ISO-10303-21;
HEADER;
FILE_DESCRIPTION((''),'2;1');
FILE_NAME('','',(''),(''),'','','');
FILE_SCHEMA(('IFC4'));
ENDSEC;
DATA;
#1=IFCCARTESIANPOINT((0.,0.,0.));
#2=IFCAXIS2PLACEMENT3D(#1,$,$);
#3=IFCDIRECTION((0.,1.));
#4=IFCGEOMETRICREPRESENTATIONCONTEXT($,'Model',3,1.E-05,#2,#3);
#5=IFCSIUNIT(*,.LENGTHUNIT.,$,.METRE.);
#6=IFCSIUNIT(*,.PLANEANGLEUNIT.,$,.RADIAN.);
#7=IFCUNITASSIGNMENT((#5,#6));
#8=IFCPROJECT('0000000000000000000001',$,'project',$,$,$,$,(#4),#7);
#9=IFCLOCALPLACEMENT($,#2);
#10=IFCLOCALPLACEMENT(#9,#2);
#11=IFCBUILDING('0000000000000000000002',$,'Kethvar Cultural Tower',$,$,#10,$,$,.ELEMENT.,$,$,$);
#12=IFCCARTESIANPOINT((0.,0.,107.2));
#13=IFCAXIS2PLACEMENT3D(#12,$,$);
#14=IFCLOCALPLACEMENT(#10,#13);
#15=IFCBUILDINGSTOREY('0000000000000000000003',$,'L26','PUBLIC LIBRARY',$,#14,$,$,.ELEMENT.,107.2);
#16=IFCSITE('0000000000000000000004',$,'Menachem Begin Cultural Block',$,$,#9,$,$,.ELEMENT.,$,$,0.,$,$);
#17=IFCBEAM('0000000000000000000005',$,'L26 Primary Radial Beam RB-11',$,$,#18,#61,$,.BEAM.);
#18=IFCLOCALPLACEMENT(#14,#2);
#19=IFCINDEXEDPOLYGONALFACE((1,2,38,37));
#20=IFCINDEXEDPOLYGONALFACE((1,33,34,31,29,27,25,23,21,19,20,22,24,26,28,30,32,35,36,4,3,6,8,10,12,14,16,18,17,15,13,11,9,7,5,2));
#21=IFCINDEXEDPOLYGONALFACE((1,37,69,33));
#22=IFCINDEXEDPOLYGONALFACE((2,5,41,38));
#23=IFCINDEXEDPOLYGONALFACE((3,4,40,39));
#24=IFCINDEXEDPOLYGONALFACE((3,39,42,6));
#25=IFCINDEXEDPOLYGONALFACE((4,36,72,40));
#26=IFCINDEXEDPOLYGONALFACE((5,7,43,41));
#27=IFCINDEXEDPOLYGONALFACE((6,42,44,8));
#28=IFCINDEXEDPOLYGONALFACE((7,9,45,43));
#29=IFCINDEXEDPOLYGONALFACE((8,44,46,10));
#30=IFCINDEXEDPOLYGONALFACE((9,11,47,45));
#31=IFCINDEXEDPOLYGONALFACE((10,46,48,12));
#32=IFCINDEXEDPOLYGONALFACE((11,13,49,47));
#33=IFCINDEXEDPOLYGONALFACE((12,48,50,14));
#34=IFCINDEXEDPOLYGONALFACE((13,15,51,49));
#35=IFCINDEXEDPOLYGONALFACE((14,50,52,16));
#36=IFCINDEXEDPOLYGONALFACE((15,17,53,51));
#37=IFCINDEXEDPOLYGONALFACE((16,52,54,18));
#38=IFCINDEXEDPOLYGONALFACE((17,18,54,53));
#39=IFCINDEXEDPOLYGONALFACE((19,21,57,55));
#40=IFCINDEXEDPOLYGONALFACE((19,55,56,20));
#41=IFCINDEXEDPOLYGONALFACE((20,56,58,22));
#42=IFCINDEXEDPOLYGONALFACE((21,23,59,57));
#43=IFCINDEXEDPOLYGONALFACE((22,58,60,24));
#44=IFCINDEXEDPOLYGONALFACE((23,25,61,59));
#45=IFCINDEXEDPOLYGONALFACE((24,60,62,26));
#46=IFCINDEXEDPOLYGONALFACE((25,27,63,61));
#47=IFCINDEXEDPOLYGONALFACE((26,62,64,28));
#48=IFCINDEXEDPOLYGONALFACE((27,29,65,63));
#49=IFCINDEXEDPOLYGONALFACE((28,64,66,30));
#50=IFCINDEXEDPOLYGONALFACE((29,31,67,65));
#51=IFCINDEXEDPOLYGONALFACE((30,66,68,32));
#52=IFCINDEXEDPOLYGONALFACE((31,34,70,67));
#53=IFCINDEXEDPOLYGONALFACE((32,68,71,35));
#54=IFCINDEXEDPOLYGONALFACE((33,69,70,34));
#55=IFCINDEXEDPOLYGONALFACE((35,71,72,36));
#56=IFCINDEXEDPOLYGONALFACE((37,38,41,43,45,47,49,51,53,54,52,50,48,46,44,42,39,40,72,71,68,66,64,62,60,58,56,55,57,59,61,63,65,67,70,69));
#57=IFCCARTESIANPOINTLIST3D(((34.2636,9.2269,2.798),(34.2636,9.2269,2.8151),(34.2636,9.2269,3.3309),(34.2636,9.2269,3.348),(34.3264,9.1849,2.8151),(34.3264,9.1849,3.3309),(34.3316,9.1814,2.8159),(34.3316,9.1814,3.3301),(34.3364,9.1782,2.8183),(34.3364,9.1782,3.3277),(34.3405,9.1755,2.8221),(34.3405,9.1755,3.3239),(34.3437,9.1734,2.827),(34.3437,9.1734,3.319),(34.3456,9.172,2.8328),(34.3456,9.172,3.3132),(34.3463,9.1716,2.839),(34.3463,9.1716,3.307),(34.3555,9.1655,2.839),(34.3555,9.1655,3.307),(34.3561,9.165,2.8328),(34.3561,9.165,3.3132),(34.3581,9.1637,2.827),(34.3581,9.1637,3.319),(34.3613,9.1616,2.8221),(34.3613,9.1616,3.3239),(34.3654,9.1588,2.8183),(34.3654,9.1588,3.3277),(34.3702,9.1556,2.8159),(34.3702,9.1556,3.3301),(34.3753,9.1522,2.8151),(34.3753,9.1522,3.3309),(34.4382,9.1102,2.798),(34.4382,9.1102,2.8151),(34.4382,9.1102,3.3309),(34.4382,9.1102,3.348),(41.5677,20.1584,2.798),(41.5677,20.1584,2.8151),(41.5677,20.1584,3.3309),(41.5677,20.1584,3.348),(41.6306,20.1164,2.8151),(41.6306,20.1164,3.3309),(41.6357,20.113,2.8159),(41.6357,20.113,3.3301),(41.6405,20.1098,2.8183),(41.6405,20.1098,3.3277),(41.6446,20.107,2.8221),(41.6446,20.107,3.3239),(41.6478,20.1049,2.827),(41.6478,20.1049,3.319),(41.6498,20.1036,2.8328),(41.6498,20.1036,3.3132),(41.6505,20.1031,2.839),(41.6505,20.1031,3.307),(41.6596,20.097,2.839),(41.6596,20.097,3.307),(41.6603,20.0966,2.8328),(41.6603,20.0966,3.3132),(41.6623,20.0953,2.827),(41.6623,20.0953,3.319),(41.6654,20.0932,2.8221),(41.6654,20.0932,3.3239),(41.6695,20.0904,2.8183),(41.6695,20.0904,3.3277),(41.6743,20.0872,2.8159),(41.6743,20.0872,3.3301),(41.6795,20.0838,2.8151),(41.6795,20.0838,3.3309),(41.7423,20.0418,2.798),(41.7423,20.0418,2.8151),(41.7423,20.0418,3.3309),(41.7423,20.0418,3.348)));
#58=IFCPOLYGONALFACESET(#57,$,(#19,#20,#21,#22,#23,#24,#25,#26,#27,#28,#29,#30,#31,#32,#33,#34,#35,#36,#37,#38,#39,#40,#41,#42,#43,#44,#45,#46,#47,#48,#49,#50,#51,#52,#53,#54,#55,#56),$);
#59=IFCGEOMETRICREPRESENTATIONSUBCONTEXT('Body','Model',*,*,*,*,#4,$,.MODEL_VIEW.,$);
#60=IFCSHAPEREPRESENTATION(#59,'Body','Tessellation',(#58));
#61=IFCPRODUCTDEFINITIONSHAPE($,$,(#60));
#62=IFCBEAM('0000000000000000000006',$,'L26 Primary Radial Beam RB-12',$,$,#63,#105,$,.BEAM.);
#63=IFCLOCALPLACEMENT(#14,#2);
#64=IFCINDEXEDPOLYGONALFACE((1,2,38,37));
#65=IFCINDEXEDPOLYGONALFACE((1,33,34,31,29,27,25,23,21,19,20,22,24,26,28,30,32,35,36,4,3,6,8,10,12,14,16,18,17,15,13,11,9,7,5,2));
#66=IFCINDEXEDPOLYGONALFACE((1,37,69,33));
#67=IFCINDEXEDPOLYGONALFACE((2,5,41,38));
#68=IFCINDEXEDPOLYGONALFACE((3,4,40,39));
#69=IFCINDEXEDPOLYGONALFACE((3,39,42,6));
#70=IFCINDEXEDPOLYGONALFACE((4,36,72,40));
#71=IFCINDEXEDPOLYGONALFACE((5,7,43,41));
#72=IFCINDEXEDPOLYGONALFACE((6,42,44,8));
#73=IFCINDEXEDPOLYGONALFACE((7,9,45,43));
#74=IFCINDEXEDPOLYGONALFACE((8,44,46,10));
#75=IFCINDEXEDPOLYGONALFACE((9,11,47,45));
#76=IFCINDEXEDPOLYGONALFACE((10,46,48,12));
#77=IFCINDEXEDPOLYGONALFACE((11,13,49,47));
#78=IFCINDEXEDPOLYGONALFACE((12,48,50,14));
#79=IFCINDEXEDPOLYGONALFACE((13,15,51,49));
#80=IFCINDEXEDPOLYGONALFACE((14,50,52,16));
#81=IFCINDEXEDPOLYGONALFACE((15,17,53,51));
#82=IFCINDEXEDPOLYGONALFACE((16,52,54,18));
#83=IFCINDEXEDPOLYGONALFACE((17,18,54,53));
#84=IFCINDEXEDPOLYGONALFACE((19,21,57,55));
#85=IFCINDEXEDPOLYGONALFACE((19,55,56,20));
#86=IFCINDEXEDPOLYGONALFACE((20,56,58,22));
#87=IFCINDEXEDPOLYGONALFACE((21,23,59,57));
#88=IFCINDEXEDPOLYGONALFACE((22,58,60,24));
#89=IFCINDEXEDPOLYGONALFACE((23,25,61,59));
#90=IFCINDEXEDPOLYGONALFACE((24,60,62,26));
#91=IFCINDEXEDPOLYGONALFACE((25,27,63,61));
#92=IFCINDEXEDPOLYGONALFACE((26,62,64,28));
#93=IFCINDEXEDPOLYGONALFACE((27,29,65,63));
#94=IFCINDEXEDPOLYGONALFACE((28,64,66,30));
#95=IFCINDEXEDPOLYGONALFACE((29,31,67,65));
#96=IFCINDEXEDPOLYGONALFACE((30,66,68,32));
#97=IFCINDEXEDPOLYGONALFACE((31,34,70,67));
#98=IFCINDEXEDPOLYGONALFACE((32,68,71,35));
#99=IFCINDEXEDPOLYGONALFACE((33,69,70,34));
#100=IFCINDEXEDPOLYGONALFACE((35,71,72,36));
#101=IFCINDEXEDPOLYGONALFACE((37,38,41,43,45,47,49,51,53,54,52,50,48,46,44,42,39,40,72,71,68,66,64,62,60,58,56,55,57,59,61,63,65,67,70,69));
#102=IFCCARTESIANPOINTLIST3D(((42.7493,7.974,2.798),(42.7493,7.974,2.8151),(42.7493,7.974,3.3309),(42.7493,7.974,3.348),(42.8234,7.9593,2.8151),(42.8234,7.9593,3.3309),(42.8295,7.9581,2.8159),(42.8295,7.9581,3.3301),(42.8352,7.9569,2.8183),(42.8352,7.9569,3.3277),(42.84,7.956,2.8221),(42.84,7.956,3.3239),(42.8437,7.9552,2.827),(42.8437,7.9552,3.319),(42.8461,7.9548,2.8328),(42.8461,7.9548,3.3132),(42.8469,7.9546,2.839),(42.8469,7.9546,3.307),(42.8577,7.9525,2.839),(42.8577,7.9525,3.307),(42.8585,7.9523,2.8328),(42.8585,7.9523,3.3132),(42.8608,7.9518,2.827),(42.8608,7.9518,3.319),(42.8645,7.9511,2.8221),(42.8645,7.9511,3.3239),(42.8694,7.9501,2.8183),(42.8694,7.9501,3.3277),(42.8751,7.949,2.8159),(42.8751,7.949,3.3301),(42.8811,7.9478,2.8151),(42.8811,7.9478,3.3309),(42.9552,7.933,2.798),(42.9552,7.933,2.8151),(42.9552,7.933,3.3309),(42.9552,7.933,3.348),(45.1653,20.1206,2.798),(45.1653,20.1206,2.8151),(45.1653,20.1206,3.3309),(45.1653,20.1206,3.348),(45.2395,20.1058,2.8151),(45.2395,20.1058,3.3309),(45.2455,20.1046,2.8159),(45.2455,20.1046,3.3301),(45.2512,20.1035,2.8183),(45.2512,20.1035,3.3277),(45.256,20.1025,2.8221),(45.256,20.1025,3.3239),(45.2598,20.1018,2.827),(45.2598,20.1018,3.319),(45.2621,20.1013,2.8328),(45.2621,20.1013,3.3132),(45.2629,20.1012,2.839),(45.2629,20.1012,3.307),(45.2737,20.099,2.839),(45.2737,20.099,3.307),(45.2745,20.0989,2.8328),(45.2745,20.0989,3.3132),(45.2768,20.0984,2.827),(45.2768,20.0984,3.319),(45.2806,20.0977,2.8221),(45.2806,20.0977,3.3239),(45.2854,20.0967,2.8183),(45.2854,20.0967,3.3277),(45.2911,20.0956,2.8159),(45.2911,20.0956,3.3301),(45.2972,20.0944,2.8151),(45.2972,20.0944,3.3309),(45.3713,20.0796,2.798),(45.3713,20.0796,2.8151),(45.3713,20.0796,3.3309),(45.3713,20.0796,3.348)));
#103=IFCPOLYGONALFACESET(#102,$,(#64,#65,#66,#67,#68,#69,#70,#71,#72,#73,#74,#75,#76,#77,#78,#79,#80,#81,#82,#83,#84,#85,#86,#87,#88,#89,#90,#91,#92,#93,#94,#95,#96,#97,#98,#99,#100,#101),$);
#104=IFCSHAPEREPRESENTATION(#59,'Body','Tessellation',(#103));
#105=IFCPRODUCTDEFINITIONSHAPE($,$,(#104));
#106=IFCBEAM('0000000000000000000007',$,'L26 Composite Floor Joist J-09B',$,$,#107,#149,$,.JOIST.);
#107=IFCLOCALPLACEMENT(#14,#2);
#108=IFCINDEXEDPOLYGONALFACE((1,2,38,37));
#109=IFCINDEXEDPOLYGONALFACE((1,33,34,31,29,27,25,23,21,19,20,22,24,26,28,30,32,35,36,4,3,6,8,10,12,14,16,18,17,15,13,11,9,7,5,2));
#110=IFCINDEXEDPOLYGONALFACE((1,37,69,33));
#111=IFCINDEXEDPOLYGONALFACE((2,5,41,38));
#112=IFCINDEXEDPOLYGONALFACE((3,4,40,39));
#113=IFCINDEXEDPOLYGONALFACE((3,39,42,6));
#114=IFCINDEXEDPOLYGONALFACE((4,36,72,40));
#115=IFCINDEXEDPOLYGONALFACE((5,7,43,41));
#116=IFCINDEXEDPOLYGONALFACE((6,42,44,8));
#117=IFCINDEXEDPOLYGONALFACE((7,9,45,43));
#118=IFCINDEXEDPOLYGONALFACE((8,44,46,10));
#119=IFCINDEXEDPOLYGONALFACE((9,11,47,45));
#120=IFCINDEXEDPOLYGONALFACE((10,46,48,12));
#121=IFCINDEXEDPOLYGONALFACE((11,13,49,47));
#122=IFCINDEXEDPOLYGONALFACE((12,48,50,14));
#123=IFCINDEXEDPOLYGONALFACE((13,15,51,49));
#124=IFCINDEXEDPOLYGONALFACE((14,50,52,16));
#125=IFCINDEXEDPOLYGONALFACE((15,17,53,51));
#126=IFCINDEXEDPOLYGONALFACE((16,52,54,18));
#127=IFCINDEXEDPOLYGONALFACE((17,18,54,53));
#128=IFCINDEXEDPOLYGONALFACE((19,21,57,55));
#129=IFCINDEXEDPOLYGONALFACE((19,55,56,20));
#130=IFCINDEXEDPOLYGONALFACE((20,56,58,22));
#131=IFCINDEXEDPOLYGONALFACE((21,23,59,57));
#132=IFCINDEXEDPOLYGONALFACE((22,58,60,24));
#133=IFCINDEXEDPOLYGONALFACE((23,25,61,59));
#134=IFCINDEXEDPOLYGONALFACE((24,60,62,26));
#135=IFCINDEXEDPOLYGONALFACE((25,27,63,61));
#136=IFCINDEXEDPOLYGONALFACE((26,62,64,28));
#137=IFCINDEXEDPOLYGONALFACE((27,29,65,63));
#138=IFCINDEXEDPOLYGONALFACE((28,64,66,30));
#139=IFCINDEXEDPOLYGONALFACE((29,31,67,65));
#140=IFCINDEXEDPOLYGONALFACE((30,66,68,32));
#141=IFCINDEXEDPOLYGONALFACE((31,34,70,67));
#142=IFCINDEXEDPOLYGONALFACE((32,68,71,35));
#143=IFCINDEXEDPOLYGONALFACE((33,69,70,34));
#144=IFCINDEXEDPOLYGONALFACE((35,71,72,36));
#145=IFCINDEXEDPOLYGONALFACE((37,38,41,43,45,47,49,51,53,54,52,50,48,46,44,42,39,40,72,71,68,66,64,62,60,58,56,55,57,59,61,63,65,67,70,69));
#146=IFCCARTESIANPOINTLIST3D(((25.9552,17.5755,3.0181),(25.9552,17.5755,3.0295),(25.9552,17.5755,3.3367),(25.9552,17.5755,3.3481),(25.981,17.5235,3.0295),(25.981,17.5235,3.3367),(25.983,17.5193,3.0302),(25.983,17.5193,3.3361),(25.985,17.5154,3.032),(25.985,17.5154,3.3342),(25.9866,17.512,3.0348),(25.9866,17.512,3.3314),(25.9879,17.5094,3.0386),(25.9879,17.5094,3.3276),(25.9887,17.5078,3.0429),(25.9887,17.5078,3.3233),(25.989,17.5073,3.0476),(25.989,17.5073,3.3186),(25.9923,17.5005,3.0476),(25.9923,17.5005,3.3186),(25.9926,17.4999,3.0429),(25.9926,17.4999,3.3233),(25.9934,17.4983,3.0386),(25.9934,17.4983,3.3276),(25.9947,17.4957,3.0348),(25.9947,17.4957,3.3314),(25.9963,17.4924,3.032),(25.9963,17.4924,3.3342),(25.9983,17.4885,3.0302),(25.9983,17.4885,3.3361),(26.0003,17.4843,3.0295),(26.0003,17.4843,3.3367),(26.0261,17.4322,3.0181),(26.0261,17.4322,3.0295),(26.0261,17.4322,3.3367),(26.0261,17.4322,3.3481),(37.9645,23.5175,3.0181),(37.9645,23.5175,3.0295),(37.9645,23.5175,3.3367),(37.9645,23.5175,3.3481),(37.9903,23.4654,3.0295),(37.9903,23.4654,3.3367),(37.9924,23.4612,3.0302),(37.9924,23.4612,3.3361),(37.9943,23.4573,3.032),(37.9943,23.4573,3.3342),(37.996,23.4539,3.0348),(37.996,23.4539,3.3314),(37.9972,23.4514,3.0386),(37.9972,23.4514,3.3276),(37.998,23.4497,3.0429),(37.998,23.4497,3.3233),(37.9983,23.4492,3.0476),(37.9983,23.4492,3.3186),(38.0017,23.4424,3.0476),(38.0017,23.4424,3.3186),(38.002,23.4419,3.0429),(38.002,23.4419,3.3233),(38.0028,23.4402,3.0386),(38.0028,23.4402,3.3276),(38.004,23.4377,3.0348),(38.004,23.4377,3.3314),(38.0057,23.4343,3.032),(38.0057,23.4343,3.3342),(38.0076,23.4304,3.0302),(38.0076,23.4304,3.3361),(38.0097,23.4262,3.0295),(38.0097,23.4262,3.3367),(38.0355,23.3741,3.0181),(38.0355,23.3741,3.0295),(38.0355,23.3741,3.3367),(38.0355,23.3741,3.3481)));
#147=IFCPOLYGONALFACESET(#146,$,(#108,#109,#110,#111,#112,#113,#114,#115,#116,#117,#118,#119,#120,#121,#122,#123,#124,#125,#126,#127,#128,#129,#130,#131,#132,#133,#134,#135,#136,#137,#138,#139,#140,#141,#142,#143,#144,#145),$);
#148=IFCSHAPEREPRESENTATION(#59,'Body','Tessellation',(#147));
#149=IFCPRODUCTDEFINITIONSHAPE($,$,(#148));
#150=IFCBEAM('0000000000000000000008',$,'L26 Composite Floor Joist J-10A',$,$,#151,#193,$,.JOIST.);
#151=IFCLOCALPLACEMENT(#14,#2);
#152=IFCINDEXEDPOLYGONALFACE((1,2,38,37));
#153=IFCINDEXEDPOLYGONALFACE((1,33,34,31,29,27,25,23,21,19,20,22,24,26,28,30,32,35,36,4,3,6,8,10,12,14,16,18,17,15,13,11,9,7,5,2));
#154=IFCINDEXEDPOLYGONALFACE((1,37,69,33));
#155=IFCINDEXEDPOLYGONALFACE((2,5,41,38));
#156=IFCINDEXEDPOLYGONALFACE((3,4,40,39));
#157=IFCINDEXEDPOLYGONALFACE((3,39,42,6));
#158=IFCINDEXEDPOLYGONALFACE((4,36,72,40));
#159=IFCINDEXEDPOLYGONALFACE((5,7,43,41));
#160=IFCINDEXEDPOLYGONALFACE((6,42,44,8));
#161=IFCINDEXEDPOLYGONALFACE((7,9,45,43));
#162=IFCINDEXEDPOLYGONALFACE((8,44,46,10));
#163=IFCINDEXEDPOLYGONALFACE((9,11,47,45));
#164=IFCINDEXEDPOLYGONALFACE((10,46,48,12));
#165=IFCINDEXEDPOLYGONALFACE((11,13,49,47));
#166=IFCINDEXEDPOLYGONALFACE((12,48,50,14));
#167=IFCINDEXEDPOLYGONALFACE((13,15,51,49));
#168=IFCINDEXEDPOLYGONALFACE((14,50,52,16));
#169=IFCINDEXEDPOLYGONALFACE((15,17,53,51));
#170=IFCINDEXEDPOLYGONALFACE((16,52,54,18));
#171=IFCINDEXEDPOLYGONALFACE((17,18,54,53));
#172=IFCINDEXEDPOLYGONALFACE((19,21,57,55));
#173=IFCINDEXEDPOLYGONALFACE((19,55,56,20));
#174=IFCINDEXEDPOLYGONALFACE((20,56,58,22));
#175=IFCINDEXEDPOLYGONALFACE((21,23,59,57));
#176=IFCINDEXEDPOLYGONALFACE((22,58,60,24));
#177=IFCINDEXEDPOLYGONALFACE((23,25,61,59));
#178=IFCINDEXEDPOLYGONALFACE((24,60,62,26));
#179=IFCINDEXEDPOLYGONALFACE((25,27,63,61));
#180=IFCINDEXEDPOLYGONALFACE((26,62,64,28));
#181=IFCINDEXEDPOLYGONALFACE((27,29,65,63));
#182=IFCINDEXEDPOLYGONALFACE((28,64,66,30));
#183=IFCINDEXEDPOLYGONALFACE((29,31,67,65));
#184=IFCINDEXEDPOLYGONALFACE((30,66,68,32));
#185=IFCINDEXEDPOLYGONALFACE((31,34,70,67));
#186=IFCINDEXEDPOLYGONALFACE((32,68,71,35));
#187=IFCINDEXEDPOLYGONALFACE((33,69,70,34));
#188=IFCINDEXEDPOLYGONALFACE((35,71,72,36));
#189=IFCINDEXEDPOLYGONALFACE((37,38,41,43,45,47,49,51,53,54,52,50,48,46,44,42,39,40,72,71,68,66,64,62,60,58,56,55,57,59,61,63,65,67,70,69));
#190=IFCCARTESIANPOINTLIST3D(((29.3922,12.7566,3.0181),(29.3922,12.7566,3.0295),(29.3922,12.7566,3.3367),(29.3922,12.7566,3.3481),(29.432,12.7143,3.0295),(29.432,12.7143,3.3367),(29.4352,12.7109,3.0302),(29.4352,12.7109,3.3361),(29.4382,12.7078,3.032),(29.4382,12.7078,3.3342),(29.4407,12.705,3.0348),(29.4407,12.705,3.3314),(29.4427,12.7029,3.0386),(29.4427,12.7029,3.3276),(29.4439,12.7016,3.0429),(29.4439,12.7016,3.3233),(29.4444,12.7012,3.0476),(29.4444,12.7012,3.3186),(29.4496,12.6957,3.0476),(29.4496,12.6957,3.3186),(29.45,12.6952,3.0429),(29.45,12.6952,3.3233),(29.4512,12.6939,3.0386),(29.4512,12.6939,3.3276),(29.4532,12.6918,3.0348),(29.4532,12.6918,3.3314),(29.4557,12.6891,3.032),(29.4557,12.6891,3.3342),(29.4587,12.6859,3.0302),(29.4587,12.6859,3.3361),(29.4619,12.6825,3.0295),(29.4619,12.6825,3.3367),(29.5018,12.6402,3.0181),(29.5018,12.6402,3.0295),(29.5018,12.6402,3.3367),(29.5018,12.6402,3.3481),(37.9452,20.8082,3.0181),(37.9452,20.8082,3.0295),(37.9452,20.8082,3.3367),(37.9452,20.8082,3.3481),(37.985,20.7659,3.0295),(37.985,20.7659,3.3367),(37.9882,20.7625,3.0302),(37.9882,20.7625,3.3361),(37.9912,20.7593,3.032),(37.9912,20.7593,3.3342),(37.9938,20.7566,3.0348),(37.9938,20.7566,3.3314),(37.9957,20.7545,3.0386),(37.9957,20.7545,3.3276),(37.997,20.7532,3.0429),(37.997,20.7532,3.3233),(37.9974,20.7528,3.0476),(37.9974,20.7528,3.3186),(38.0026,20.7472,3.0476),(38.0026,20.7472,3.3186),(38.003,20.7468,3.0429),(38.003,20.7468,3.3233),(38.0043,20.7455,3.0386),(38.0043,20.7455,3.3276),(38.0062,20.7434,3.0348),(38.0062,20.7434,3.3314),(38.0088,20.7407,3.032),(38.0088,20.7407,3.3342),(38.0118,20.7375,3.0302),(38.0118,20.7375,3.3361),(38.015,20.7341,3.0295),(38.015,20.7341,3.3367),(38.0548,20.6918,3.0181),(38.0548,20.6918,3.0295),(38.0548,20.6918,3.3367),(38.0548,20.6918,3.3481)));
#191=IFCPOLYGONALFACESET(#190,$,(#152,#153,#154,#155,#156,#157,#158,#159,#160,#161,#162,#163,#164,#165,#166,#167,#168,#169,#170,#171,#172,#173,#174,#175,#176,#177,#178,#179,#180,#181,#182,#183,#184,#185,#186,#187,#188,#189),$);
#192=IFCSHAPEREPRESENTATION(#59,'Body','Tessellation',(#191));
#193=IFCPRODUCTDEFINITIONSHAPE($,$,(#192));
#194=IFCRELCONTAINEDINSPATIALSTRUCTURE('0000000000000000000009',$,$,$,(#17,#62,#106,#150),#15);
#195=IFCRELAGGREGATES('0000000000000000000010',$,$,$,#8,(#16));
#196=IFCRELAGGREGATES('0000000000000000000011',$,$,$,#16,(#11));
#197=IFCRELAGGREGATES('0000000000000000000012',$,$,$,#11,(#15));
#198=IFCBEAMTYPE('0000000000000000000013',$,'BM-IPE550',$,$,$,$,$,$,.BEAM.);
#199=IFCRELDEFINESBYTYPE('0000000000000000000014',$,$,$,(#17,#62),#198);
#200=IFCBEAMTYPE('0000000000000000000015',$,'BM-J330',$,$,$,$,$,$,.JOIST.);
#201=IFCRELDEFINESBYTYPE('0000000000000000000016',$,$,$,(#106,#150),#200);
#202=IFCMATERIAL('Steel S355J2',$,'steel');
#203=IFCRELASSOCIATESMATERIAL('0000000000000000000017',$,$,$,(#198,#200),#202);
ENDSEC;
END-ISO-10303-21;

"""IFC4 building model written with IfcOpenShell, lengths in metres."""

from ifc_helpers import new_model, si_unit, direction, frame, origin, origin_2d, place, context, subcontext, project, spatial, i_section, extrude, source, transform, mapped, material, material_profile, profile_set, type_object, element, save


model = new_model("IFC4")

# Units and contexts
model_context = context("Model", 3, precision=1e-05, world=origin(), true_north=direction((0.0, 1.0)))
body_context = subcontext(model_context, "Body", "Model", "MODEL_VIEW")
ifc_project = project(units=[si_unit("LENGTHUNIT", "METRE"), si_unit("PLANEANGLEUNIT", "RADIAN")], contexts=[model_context])

# Site, building, storey
site_placement = place(None, origin())
site = spatial("IfcSite", under=ifc_project, at=site_placement, Name="Menachem Begin Cultural Block", CompositionType="ELEMENT", RefElevation=0.0)
building_placement = place(site_placement, origin())
building = spatial("IfcBuilding", under=site, at=building_placement, Name="Kethvar Cultural Tower", CompositionType="ELEMENT")
storey_placement = place(building_placement, frame((0.0, 0.0, 107.2)))
storey = spatial("IfcBuildingStorey", under=building, at=storey_placement, Name="L26", Description="PUBLIC LIBRARY", CompositionType="ELEMENT", Elevation=107.2)

# Beams
ifc_material_1 = material(Name="Steel S355J2", Category="steel")
ifc_material_profile_1 = material_profile(ifc_material_1, i_section(OverallWidth=0.21, OverallDepth=0.55, WebThickness=0.011, FlangeThickness=0.0171, FilletRadius=0.0239, at=origin_2d()), Name="Steel S355J2 — IPE550")
ifc_profile_set_1 = profile_set([ifc_material_profile_1], Name="Steel S355J2 — IPE550")
beam_type_1 = type_object("IfcBeamType", Name="BM-IPE550", PredefinedType="BEAM", material=ifc_profile_set_1)
shared_shape_1 = source(origin(), body_context, "Body", "SweptSolid", [
    extrude(i_section(OverallWidth=0.21, OverallDepth=0.55, WebThickness=0.011, FlangeThickness=0.0171, FilletRadius=0.0239, at=origin_2d()), origin(), (0.0, 0.0, 1.0), 13.1472),
])
beam_1_placement = place(storey_placement, frame((41.655, 20.1001, 3.073), z_axis=(-0.555566, -0.831473, 0.0), x_axis=(0.831473, -0.555566, 0.0)))
element("IfcBeam", 1, at=beam_1_placement, inside=storey, type_object=beam_type_1, Name="L26 Primary Radial Beam RB-11", PredefinedType="BEAM", context=body_context, shape_type="MappedRepresentation", body=[
    mapped(shared_shape_1, transform((0.0, 0.0, 0.0), scale=1.0)),
])
shared_shape_2 = source(origin(), body_context, "Body", "SweptSolid", [
    extrude(i_section(OverallWidth=0.21, OverallDepth=0.55, WebThickness=0.011, FlangeThickness=0.0171, FilletRadius=0.0239, at=origin_2d()), origin(), (0.0, 0.0, 1.0), 12.3845),
])
beam_2_placement = place(storey_placement, frame((45.2683, 20.1001, 3.073), z_axis=(-0.195085, -0.980786, 0.0), x_axis=(0.980786, -0.195085, 0.0)))
element("IfcBeam", 2, at=beam_2_placement, inside=storey, type_object=beam_type_1, Name="L26 Primary Radial Beam RB-12", PredefinedType="BEAM", context=body_context, shape_type="MappedRepresentation", body=[
    mapped(shared_shape_2, transform((0.0, 0.0, 0.0), scale=1.0)),
])
ifc_material_profile_2 = material_profile(ifc_material_1, i_section(OverallWidth=0.1599, OverallDepth=0.3301, WebThickness=0.0076, FlangeThickness=0.0115, FilletRadius=0.0181, at=origin_2d()), Name="Steel S355J2 — IPE330")
ifc_profile_set_2 = profile_set([ifc_material_profile_2], Name="Steel S355J2 — IPE330")
beam_type_2 = type_object("IfcBeamType", Name="BM-J330", PredefinedType="JOIST", material=ifc_profile_set_2)
shared_shape_3 = source(origin(), body_context, "Body", "SweptSolid", [
    extrude(i_section(OverallWidth=0.1599, OverallDepth=0.3301, WebThickness=0.0076, FlangeThickness=0.0115, FilletRadius=0.0181, at=origin_2d()), origin(), (0.0, 0.0, 1.0), 13.3989),
])
beam_3_placement = place(storey_placement, frame((38.0, 23.4458, 3.1831), z_axis=(-0.896292, -0.443463, 0.0), x_axis=(0.443463, -0.896292, 0.0)))
element("IfcBeam", 3, at=beam_3_placement, inside=storey, type_object=beam_type_2, Name="L26 Composite Floor Joist J-09B", PredefinedType="JOIST", context=body_context, shape_type="MappedRepresentation", body=[
    mapped(shared_shape_3, transform((0.0, 0.0, 0.0), scale=1.0)),
])
shared_shape_4 = source(origin(), body_context, "Body", "SweptSolid", [
    extrude(i_section(OverallWidth=0.1599, OverallDepth=0.3301, WebThickness=0.0076, FlangeThickness=0.0115, FilletRadius=0.0181, at=origin_2d()), origin(), (0.0, 0.0, 1.0), 11.7466),
])
beam_4_placement = place(storey_placement, frame((38.0, 20.75, 3.1831), z_axis=(-0.72813, -0.685439, 0.0), x_axis=(0.685439, -0.72813, 0.0)))
element("IfcBeam", 4, at=beam_4_placement, inside=storey, type_object=beam_type_2, Name="L26 Composite Floor Joist J-10A", PredefinedType="JOIST", context=body_context, shape_type="MappedRepresentation", body=[
    mapped(shared_shape_4, transform((0.0, 0.0, 0.0), scale=1.0)),
])

save(model, "model.ifc")
